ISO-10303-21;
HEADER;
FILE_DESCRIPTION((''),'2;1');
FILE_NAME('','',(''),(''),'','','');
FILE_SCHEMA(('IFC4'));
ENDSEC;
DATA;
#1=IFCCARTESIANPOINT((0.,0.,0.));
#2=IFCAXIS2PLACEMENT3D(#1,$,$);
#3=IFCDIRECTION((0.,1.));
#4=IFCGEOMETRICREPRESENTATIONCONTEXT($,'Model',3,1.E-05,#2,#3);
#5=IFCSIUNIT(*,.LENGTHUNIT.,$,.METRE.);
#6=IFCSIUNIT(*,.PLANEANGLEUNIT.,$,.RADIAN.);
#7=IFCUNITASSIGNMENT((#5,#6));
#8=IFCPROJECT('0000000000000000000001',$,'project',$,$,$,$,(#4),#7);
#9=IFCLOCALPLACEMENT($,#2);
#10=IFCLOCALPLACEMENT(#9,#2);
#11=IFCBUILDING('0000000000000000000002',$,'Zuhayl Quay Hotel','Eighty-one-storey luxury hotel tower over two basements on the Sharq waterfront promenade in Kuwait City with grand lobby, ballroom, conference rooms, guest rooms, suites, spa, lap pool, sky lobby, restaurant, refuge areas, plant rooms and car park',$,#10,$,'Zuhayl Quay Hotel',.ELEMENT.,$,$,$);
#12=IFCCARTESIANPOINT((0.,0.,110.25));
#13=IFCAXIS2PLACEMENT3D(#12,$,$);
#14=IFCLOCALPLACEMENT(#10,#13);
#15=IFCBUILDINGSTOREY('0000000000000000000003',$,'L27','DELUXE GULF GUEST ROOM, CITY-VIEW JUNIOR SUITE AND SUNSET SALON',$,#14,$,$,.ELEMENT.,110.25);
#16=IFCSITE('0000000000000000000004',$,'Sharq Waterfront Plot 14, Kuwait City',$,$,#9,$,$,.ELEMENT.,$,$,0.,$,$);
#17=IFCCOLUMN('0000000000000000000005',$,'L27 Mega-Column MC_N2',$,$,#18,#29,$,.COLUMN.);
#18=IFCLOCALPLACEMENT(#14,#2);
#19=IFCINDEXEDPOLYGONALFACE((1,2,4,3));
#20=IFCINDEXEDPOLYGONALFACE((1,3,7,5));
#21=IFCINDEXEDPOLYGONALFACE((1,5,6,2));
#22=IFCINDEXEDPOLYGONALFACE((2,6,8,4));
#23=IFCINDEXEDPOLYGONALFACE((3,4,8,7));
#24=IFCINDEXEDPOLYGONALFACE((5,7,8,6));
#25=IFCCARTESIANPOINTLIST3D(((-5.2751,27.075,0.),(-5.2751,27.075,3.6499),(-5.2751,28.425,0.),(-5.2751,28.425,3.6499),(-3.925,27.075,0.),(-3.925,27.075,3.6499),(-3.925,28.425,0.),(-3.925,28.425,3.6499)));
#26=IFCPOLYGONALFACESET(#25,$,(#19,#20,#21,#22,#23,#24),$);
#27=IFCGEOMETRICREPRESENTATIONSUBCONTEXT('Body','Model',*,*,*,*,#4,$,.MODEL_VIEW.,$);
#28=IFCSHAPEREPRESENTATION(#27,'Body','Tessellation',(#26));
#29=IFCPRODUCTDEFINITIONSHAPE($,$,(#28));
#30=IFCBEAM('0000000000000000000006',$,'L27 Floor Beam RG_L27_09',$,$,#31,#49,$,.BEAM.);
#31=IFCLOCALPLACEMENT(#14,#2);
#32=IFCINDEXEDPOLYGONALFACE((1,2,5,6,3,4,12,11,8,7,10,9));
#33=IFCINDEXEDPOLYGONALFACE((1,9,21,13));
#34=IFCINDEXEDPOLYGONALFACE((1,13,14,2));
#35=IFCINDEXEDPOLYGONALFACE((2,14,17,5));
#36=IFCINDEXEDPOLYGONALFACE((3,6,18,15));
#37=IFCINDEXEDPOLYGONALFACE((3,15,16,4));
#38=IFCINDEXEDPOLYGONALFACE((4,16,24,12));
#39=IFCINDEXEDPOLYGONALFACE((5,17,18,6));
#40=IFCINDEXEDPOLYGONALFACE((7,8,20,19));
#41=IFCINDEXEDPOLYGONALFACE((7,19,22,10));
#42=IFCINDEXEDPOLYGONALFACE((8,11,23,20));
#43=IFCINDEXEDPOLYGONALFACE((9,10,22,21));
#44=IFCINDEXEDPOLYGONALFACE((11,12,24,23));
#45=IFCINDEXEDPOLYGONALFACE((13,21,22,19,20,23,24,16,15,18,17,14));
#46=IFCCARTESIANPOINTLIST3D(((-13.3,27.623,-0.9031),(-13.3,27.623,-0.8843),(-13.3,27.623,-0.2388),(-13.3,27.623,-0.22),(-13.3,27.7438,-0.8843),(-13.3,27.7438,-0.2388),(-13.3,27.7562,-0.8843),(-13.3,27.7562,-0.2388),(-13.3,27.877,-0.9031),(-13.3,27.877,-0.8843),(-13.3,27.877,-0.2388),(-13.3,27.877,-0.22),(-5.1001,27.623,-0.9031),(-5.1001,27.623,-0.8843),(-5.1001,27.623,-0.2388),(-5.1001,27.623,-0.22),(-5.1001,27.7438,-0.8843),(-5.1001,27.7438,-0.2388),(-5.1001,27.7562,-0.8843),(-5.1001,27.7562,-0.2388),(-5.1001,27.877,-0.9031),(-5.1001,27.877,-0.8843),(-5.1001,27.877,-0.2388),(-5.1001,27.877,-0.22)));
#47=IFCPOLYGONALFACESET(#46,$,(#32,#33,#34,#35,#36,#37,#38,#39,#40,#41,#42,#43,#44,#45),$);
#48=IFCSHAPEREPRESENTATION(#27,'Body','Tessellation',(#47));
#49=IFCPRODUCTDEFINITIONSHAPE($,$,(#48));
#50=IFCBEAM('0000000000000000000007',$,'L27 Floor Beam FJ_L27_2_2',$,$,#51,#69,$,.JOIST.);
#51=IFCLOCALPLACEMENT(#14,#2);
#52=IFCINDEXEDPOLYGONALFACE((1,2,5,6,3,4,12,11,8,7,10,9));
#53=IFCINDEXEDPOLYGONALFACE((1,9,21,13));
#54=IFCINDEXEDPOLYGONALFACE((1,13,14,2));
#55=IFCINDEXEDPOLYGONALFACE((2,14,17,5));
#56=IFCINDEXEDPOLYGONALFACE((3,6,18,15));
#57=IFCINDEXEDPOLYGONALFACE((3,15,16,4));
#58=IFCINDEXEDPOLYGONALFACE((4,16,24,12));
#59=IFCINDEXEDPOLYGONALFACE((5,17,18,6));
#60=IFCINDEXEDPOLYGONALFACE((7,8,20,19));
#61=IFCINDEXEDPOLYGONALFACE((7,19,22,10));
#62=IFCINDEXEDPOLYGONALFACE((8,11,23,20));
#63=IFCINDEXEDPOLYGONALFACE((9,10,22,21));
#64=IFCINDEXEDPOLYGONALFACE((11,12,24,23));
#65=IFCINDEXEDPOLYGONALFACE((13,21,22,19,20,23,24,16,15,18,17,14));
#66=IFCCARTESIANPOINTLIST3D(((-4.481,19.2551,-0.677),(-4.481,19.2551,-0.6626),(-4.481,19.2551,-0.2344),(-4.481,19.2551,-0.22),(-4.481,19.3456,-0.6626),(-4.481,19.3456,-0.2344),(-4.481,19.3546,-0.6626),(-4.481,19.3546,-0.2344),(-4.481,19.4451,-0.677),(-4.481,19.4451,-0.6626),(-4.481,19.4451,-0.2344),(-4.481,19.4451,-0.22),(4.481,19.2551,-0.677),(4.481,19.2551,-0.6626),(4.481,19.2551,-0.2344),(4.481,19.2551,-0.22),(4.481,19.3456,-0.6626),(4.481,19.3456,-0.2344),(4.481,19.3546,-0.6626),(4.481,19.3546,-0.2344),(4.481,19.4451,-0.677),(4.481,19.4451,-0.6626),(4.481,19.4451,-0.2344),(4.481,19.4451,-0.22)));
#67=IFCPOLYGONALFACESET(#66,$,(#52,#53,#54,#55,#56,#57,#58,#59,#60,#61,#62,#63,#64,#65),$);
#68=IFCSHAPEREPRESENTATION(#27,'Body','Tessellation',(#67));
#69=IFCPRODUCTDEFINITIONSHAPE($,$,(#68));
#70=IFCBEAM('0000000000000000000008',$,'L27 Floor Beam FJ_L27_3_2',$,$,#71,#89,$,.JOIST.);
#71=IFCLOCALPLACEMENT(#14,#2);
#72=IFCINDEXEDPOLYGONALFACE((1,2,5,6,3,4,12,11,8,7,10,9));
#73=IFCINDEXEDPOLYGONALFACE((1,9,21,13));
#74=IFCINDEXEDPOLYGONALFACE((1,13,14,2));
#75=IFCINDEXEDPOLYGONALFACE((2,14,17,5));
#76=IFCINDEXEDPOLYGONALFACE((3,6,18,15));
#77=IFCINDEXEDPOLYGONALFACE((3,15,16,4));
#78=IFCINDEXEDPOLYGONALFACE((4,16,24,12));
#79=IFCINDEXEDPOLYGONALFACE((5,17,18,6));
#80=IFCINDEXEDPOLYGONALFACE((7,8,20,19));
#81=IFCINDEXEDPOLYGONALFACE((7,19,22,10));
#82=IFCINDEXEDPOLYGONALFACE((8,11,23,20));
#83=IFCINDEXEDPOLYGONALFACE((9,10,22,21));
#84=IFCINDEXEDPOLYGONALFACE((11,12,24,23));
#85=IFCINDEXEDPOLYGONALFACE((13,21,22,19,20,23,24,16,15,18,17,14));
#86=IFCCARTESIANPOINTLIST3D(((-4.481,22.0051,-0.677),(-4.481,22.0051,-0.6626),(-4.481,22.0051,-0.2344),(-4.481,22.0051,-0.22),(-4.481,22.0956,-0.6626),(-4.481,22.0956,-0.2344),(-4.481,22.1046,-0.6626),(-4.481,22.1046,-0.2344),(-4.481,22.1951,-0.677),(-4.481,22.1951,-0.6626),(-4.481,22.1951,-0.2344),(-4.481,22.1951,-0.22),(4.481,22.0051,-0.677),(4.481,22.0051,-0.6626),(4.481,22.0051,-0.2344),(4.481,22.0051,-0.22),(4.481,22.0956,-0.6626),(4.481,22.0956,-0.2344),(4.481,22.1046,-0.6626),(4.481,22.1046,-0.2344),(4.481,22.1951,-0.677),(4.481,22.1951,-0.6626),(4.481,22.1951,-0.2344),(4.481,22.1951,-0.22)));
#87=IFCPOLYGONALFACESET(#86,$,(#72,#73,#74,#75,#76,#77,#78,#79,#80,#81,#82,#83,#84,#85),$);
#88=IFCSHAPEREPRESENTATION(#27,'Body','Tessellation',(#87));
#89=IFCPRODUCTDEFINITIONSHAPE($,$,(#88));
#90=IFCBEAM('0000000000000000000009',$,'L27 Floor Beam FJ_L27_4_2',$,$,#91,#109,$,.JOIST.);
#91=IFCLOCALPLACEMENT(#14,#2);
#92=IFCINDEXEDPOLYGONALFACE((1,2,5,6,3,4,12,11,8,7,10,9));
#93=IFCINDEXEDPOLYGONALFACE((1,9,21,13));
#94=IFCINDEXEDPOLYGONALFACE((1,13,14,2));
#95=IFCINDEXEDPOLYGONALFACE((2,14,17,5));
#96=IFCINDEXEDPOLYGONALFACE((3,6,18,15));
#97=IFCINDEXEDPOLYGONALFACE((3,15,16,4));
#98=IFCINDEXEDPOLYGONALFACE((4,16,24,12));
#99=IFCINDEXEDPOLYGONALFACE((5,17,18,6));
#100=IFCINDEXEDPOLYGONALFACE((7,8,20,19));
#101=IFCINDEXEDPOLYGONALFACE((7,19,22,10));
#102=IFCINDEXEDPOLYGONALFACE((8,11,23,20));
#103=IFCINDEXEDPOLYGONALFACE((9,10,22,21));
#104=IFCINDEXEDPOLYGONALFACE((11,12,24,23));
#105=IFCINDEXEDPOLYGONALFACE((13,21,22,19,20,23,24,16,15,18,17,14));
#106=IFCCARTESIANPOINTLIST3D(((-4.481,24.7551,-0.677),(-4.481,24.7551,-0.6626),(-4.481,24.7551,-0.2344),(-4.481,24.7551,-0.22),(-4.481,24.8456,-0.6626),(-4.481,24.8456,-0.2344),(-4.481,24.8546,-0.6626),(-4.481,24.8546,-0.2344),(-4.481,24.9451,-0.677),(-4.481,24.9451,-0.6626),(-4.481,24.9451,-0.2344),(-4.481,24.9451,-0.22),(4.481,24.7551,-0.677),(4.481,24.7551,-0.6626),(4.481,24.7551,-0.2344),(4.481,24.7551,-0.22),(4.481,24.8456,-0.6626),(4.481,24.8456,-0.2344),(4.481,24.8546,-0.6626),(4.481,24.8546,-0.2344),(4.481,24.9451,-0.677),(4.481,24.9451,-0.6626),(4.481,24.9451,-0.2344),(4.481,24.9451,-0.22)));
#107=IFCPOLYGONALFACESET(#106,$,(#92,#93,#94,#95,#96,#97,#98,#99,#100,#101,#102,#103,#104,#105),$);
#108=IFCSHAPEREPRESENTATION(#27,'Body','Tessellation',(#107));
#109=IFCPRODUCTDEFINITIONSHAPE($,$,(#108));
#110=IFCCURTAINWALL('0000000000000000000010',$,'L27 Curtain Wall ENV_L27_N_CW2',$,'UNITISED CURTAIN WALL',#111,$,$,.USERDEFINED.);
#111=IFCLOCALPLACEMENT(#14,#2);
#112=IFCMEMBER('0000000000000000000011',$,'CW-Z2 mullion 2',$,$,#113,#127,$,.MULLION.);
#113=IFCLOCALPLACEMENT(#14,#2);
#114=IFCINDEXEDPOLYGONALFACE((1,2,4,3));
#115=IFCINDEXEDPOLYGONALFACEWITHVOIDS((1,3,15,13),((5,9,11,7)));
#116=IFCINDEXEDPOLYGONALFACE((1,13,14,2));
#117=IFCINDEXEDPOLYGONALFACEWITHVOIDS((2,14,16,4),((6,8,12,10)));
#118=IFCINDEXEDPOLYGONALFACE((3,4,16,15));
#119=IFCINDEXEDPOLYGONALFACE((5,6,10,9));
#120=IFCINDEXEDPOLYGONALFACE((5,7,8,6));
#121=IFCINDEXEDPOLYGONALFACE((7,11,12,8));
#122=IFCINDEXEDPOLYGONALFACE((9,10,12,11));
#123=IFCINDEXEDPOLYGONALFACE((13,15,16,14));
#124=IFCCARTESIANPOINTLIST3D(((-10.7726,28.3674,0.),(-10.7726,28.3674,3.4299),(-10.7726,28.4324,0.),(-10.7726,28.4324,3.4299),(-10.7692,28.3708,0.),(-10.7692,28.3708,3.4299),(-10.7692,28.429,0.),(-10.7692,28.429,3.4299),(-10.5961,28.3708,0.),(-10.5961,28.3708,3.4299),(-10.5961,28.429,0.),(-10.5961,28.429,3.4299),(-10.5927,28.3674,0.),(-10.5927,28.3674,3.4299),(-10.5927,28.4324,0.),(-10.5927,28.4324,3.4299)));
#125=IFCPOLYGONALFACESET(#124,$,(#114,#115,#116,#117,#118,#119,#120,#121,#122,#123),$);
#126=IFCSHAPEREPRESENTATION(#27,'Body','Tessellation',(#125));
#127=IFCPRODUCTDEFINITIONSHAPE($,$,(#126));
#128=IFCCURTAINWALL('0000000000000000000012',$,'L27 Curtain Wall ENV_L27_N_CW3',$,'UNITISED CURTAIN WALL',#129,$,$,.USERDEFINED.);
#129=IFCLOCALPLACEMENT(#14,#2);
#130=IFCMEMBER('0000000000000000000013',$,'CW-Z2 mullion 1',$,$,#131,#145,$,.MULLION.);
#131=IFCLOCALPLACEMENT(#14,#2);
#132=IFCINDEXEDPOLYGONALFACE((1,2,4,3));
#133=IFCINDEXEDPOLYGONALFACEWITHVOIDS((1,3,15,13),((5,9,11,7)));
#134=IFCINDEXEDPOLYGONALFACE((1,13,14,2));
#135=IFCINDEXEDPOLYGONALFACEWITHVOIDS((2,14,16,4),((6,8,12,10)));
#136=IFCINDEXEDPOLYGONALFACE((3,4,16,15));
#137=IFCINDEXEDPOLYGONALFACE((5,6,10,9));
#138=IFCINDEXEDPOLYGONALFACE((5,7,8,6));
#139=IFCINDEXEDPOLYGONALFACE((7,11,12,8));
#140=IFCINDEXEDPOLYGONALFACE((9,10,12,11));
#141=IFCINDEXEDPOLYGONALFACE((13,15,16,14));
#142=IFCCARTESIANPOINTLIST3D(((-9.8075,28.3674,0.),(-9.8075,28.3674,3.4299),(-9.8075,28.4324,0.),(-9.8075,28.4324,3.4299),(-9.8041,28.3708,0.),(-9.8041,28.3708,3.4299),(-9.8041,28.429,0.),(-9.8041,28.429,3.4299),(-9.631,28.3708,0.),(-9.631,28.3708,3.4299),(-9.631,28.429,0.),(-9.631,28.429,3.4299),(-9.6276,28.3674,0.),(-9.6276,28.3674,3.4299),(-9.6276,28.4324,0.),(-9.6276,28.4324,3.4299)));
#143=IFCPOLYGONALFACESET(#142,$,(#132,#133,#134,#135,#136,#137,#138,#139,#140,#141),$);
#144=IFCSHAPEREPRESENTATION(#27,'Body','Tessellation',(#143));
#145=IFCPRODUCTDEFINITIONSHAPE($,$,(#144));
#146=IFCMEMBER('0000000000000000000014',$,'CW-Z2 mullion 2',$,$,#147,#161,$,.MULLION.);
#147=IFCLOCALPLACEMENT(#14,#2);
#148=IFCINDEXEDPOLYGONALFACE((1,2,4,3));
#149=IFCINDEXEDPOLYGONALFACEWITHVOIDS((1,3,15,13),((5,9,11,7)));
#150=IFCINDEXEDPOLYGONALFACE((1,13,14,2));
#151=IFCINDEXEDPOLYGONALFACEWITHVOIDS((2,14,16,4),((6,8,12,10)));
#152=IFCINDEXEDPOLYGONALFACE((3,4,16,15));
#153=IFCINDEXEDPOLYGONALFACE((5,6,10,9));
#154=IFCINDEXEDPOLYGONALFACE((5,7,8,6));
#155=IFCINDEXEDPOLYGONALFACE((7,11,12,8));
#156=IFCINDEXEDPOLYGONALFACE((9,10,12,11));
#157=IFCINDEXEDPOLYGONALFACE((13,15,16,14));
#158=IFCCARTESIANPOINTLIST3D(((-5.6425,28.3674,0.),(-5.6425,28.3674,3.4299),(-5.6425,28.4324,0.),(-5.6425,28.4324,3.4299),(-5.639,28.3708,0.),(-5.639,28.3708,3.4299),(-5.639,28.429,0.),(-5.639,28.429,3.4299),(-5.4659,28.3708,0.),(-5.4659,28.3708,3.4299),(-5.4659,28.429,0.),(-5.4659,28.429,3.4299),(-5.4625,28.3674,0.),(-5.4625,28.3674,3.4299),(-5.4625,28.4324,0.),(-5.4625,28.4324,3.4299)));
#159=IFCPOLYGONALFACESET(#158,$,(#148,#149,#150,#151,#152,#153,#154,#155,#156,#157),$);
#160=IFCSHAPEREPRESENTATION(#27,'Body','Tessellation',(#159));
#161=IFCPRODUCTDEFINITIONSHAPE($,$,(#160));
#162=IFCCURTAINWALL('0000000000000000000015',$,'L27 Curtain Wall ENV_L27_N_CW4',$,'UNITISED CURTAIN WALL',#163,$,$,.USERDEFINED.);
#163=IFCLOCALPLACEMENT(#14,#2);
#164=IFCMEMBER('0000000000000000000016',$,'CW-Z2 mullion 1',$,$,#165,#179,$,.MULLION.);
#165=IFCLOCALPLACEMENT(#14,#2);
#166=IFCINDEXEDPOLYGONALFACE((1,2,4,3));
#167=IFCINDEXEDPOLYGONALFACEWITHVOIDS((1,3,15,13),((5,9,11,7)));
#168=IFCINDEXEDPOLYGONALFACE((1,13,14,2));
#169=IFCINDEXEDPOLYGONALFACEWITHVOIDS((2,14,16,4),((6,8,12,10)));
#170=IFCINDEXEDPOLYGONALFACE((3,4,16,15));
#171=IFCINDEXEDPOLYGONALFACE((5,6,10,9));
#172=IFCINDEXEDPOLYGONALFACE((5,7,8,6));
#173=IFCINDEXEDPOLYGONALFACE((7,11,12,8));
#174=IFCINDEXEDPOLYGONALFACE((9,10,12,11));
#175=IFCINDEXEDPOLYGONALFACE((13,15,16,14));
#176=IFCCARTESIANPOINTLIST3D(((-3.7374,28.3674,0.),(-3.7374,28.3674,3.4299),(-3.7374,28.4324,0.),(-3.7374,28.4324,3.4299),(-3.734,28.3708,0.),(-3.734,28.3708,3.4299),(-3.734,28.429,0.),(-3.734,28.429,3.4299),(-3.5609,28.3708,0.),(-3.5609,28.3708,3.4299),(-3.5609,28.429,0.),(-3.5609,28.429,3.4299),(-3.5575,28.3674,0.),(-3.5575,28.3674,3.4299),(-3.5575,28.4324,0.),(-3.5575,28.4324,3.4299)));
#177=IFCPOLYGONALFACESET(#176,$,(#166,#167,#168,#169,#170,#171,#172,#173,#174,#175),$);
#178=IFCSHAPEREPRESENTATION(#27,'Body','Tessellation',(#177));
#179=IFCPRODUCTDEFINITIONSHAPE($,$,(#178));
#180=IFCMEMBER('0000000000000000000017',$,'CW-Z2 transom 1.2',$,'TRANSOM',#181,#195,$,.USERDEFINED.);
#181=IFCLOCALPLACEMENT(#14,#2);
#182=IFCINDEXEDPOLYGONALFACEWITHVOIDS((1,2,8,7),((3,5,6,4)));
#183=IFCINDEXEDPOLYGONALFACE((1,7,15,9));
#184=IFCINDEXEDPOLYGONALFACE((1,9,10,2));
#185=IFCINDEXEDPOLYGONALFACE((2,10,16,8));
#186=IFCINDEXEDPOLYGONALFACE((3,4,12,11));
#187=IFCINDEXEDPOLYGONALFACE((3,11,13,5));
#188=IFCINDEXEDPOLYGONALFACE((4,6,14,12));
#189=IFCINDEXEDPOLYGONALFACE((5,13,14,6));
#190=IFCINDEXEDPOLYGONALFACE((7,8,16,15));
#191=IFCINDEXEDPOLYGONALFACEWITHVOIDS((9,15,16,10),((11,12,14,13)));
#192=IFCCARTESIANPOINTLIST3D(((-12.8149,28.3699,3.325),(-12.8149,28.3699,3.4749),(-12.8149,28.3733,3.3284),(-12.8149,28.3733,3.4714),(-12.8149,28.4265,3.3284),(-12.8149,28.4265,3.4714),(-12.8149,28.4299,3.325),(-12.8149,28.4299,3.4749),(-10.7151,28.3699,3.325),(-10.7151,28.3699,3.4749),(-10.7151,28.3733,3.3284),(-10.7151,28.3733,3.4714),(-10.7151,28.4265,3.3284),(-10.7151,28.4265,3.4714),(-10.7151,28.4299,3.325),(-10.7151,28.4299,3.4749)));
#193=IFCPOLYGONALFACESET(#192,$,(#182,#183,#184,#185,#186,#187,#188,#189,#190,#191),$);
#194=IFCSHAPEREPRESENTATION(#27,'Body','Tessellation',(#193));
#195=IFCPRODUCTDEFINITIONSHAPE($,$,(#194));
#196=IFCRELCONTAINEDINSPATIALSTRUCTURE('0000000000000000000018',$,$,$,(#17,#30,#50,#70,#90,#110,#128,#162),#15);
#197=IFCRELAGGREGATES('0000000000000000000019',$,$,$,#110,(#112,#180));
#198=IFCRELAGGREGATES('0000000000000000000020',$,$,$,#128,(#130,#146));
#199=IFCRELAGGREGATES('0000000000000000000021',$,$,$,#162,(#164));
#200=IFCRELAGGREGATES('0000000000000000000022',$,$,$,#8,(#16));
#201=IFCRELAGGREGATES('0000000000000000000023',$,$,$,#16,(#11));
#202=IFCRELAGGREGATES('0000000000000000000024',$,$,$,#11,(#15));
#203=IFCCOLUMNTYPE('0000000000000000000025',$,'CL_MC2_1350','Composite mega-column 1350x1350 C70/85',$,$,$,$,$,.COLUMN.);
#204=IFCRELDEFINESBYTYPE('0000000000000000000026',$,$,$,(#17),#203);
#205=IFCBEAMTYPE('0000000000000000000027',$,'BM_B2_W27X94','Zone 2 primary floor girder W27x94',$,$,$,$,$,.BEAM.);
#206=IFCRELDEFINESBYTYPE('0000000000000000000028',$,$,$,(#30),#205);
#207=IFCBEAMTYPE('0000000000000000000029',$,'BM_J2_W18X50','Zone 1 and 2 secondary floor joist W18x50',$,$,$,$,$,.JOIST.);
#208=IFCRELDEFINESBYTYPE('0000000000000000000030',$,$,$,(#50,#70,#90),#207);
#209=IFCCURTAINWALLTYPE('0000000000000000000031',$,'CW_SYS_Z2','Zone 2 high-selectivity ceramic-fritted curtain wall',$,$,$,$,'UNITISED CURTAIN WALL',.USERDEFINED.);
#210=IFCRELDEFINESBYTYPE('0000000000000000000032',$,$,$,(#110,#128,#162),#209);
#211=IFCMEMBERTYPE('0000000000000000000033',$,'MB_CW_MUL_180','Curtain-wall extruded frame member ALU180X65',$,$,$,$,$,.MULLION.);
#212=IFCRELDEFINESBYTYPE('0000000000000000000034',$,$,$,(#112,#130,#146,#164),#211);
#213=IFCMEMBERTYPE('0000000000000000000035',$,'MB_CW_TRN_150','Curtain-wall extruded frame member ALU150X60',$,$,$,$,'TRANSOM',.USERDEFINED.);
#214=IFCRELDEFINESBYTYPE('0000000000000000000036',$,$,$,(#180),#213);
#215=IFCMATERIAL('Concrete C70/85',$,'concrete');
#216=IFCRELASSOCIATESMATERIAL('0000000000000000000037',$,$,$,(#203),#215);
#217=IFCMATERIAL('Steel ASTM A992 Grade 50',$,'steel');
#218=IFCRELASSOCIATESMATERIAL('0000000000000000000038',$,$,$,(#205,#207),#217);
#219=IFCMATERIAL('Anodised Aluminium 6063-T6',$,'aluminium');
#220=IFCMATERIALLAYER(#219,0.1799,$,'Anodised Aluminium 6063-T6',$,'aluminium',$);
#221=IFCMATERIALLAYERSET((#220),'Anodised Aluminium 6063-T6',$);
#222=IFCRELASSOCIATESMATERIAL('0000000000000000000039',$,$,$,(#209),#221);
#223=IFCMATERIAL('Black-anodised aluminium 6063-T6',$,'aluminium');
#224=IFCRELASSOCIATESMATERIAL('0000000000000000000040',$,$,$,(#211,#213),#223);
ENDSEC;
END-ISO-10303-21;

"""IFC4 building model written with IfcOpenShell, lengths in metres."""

from ifc_helpers import new_model, si_unit, direction, frame, origin, origin_2d, place, context, subcontext, project, spatial, rectangle, hollow_rectangle, i_section, extrude, material, layer, layer_set, material_profile, profile_set, type_object, element, aggregate, save


model = new_model("IFC4")

# Units and contexts
model_context = context("Model", 3, precision=1e-05, world=origin(), true_north=direction((0.0, 1.0)))
body_context = subcontext(model_context, "Body", "Model", "MODEL_VIEW")
ifc_project = project(units=[si_unit("LENGTHUNIT", "METRE"), si_unit("PLANEANGLEUNIT", "RADIAN")], contexts=[model_context])

# Site, building, storey
site_placement = place(None, origin())
site = spatial("IfcSite", under=ifc_project, at=site_placement, Name="Sharq Waterfront Plot 14, Kuwait City", CompositionType="ELEMENT", RefElevation=0.0)
building_placement = place(site_placement, origin())
building = spatial("IfcBuilding", under=site, at=building_placement, Name="Zuhayl Quay Hotel", Description="Eighty-one-storey luxury hotel tower over two basements on the Sharq waterfront promenade in Kuwait City with grand lobby, ballroom, conference rooms, guest rooms, suites, spa, lap pool, sky lobby, restaurant, refuge areas, plant rooms and car park", LongName="Zuhayl Quay Hotel", CompositionType="ELEMENT")
storey_placement = place(building_placement, frame((0.0, 0.0, 110.25)))
storey = spatial("IfcBuildingStorey", under=building, at=storey_placement, Name="L27", Description="DELUXE GULF GUEST ROOM, CITY-VIEW JUNIOR SUITE AND SUNSET SALON", CompositionType="ELEMENT", Elevation=110.25)

# Column
ifc_material_1 = material(Name="Concrete C70/85", Category="concrete")
ifc_material_profile_1 = material_profile(ifc_material_1, rectangle(XDim=1.3501, YDim=1.3501, at=origin_2d()), Name="RC1350X1350")
ifc_profile_set_1 = profile_set([ifc_material_profile_1], Name="Concrete C70/85")
column_type = type_object("IfcColumnType", Name="CL_MC2_1350", Description="Composite mega-column 1350x1350 C70/85", PredefinedType="COLUMN", material=ifc_profile_set_1)
column_placement = place(storey_placement, frame((-4.6001, 27.75, 0.0), z_axis=(0.0, 0.0, 1.0), x_axis=(1.0, 0.0, 0.0)))
element("IfcColumn", 1, at=column_placement, inside=storey, type_object=column_type, Name="L27 Mega-Column MC_N2", PredefinedType="COLUMN", context=body_context, shape_type="SweptSolid", body=[
    extrude(rectangle(XDim=1.3501, YDim=1.3501, at=origin_2d()), origin(), (0.0, 0.0, 1.0), 3.6499),
])

# Beams
ifc_material_2 = material(Name="Steel ASTM A992 Grade 50", Category="steel")
ifc_material_profile_2 = material_profile(ifc_material_2, i_section(OverallWidth=0.2539, OverallDepth=0.6831, WebThickness=0.0125, FlangeThickness=0.0188, at=origin_2d()), Name="W27X94")
ifc_profile_set_2 = profile_set([ifc_material_profile_2], Name="Steel ASTM A992 Grade 50")
beam_type_1 = type_object("IfcBeamType", Name="BM_B2_W27X94", Description="Zone 2 primary floor girder W27x94", PredefinedType="BEAM", material=ifc_profile_set_2)
beam_placement = place(storey_placement, frame((-5.1001, 27.75, -0.5615), z_axis=(-1.0, 0.0, 0.0), x_axis=(0.0, -1.0, 0.0)))
element("IfcBeam", 2, at=beam_placement, inside=storey, type_object=beam_type_1, Name="L27 Floor Beam RG_L27_09", PredefinedType="BEAM", context=body_context, shape_type="SweptSolid", body=[
    extrude(i_section(OverallWidth=0.2539, OverallDepth=0.6831, WebThickness=0.0125, FlangeThickness=0.0188, at=origin_2d()), origin(), (0.0, 0.0, 1.0), 8.2),
])
ifc_material_profile_3 = material_profile(ifc_material_2, i_section(OverallWidth=0.1899, OverallDepth=0.457, WebThickness=0.009, FlangeThickness=0.0144, at=origin_2d()), Name="W18X50")
ifc_profile_set_3 = profile_set([ifc_material_profile_3], Name="Steel ASTM A992 Grade 50")
beam_type_2 = type_object("IfcBeamType", Name="BM_J2_W18X50", Description="Zone 1 and 2 secondary floor joist W18x50", PredefinedType="JOIST", material=ifc_profile_set_3)
for number, where, z_axis, x_axis, name in (
    (3, (-4.481, 19.3501, -0.4485), (1.0, 0.0, 0.0), (0.0, 1.0, 0.0), "L27 Floor Beam FJ_L27_2_2"),
    (4, (-4.481, 22.1001, -0.4485), (1.0, 0.0, 0.0), (0.0, 1.0, 0.0), "L27 Floor Beam FJ_L27_3_2"),
    (5, (-4.481, 24.8501, -0.4485), (1.0, 0.0, 0.0), (0.0, 1.0, 0.0), "L27 Floor Beam FJ_L27_4_2"),
):
    element("IfcBeam", number, at=place(storey_placement, frame(where, z_axis=z_axis, x_axis=x_axis)), inside=storey, type_object=beam_type_2, Name=name, PredefinedType="JOIST", context=body_context, shape_type="SweptSolid", body=[
        extrude(i_section(OverallWidth=0.1899, OverallDepth=0.457, WebThickness=0.009, FlangeThickness=0.0144, at=origin_2d()), origin(), (0.0, 0.0, 1.0), 8.9619),
    ])

# Curtain wall, member
ifc_material_3 = material(Name="Anodised Aluminium 6063-T6", Category="aluminium")
ifc_layer_1 = layer(ifc_material_3, 0.1799, Name="Anodised Aluminium 6063-T6", Category="aluminium")
ifc_layer_set_1 = layer_set([ifc_layer_1], Name="Anodised Aluminium 6063-T6")
curtain_wall_type = type_object("IfcCurtainWallType", Name="CW_SYS_Z2", Description="Zone 2 high-selectivity ceramic-fritted curtain wall", ElementType="UNITISED CURTAIN WALL", PredefinedType="USERDEFINED", material=ifc_layer_set_1)
curtain_wall_1_placement = place(storey_placement, origin())
curtain_wall_1 = element("IfcCurtainWall", 6, at=curtain_wall_1_placement, inside=storey, type_object=curtain_wall_type, Name="L27 Curtain Wall ENV_L27_N_CW2", ObjectType="UNITISED CURTAIN WALL", PredefinedType="USERDEFINED")
ifc_material_4 = material(Name="Black-anodised aluminium 6063-T6", Category="aluminium")
ifc_material_profile_4 = material_profile(ifc_material_4, hollow_rectangle(XDim=0.0649, YDim=0.1799, WallThickness=0.0034, at=origin_2d()), Name="ALU180X65")
ifc_profile_set_4 = profile_set([ifc_material_profile_4], Name="Black-anodised aluminium 6063-T6")
member_type_1 = type_object("IfcMemberType", Name="MB_CW_MUL_180", Description="Curtain-wall extruded frame member ALU180X65", PredefinedType="MULLION", material=ifc_profile_set_4)
member_1_placement = place(storey_placement, frame((-10.6826, 28.3999, 0.0), z_axis=(0.0, 0.0, 1.0), x_axis=(0.0, 1.0, 0.0)))
member_1 = element("IfcMember", 7, at=member_1_placement, type_object=member_type_1, Name="CW-Z2 mullion 2", PredefinedType="MULLION", context=body_context, shape_type="SweptSolid", body=[
    extrude(hollow_rectangle(XDim=0.0649, YDim=0.1799, WallThickness=0.0034, at=origin_2d()), origin(), (0.0, 0.0, 1.0), 3.4299),
])

# Curtain wall, members
curtain_wall_2_placement = place(storey_placement, origin())
curtain_wall_2 = element("IfcCurtainWall", 8, at=curtain_wall_2_placement, inside=storey, type_object=curtain_wall_type, Name="L27 Curtain Wall ENV_L27_N_CW3", ObjectType="UNITISED CURTAIN WALL", PredefinedType="USERDEFINED")
member_2_placement = place(storey_placement, frame((-9.7175, 28.3999, 0.0), z_axis=(0.0, 0.0, 1.0), x_axis=(0.0, 1.0, 0.0)))
member_2 = element("IfcMember", 9, at=member_2_placement, type_object=member_type_1, Name="CW-Z2 mullion 1", PredefinedType="MULLION", context=body_context, shape_type="SweptSolid", body=[
    extrude(hollow_rectangle(XDim=0.0649, YDim=0.1799, WallThickness=0.0034, at=origin_2d()), origin(), (0.0, 0.0, 1.0), 3.4299),
])
member_3_placement = place(storey_placement, frame((-5.5525, 28.3999, 0.0), z_axis=(0.0, 0.0, 1.0), x_axis=(0.0, 1.0, 0.0)))
member_3 = element("IfcMember", 10, at=member_3_placement, type_object=member_type_1, Name="CW-Z2 mullion 2", PredefinedType="MULLION", context=body_context, shape_type="SweptSolid", body=[
    extrude(hollow_rectangle(XDim=0.0649, YDim=0.1799, WallThickness=0.0034, at=origin_2d()), origin(), (0.0, 0.0, 1.0), 3.4299),
])

# Curtain wall, member
curtain_wall_3_placement = place(storey_placement, origin())
curtain_wall_3 = element("IfcCurtainWall", 11, at=curtain_wall_3_placement, inside=storey, type_object=curtain_wall_type, Name="L27 Curtain Wall ENV_L27_N_CW4", ObjectType="UNITISED CURTAIN WALL", PredefinedType="USERDEFINED")
member_4_placement = place(storey_placement, frame((-3.6475, 28.3999, 0.0), z_axis=(0.0, 0.0, 1.0), x_axis=(0.0, 1.0, 0.0)))
member_4 = element("IfcMember", 12, at=member_4_placement, type_object=member_type_1, Name="CW-Z2 mullion 1", PredefinedType="MULLION", context=body_context, shape_type="SweptSolid", body=[
    extrude(hollow_rectangle(XDim=0.0649, YDim=0.1799, WallThickness=0.0034, at=origin_2d()), origin(), (0.0, 0.0, 1.0), 3.4299),
])

# Member
ifc_material_profile_5 = material_profile(ifc_material_4, hollow_rectangle(XDim=0.0601, YDim=0.1499, WallThickness=0.0034, at=origin_2d()), Name="ALU150X60")
ifc_profile_set_5 = profile_set([ifc_material_profile_5], Name="Black-anodised aluminium 6063-T6")
member_type_2 = type_object("IfcMemberType", Name="MB_CW_TRN_150", Description="Curtain-wall extruded frame member ALU150X60", ElementType="TRANSOM", PredefinedType="USERDEFINED", material=ifc_profile_set_5)
member_5_placement = place(storey_placement, frame((-12.8149, 28.3999, 3.3999), z_axis=(1.0, 0.0, 0.0), x_axis=(0.0, 1.0, 0.0)))
member_5 = element("IfcMember", 13, at=member_5_placement, type_object=member_type_2, Name="CW-Z2 transom 1.2", ObjectType="TRANSOM", PredefinedType="USERDEFINED", context=body_context, shape_type="SweptSolid", body=[
    extrude(hollow_rectangle(XDim=0.0601, YDim=0.1499, WallThickness=0.0034, at=origin_2d()), origin(), (0.0, 0.0, 1.0), 2.0999),
])

aggregate(curtain_wall_1, [member_1, member_5])
aggregate(curtain_wall_2, [member_2, member_3])
aggregate(curtain_wall_3, [member_4])

save(model, "model.ifc")
